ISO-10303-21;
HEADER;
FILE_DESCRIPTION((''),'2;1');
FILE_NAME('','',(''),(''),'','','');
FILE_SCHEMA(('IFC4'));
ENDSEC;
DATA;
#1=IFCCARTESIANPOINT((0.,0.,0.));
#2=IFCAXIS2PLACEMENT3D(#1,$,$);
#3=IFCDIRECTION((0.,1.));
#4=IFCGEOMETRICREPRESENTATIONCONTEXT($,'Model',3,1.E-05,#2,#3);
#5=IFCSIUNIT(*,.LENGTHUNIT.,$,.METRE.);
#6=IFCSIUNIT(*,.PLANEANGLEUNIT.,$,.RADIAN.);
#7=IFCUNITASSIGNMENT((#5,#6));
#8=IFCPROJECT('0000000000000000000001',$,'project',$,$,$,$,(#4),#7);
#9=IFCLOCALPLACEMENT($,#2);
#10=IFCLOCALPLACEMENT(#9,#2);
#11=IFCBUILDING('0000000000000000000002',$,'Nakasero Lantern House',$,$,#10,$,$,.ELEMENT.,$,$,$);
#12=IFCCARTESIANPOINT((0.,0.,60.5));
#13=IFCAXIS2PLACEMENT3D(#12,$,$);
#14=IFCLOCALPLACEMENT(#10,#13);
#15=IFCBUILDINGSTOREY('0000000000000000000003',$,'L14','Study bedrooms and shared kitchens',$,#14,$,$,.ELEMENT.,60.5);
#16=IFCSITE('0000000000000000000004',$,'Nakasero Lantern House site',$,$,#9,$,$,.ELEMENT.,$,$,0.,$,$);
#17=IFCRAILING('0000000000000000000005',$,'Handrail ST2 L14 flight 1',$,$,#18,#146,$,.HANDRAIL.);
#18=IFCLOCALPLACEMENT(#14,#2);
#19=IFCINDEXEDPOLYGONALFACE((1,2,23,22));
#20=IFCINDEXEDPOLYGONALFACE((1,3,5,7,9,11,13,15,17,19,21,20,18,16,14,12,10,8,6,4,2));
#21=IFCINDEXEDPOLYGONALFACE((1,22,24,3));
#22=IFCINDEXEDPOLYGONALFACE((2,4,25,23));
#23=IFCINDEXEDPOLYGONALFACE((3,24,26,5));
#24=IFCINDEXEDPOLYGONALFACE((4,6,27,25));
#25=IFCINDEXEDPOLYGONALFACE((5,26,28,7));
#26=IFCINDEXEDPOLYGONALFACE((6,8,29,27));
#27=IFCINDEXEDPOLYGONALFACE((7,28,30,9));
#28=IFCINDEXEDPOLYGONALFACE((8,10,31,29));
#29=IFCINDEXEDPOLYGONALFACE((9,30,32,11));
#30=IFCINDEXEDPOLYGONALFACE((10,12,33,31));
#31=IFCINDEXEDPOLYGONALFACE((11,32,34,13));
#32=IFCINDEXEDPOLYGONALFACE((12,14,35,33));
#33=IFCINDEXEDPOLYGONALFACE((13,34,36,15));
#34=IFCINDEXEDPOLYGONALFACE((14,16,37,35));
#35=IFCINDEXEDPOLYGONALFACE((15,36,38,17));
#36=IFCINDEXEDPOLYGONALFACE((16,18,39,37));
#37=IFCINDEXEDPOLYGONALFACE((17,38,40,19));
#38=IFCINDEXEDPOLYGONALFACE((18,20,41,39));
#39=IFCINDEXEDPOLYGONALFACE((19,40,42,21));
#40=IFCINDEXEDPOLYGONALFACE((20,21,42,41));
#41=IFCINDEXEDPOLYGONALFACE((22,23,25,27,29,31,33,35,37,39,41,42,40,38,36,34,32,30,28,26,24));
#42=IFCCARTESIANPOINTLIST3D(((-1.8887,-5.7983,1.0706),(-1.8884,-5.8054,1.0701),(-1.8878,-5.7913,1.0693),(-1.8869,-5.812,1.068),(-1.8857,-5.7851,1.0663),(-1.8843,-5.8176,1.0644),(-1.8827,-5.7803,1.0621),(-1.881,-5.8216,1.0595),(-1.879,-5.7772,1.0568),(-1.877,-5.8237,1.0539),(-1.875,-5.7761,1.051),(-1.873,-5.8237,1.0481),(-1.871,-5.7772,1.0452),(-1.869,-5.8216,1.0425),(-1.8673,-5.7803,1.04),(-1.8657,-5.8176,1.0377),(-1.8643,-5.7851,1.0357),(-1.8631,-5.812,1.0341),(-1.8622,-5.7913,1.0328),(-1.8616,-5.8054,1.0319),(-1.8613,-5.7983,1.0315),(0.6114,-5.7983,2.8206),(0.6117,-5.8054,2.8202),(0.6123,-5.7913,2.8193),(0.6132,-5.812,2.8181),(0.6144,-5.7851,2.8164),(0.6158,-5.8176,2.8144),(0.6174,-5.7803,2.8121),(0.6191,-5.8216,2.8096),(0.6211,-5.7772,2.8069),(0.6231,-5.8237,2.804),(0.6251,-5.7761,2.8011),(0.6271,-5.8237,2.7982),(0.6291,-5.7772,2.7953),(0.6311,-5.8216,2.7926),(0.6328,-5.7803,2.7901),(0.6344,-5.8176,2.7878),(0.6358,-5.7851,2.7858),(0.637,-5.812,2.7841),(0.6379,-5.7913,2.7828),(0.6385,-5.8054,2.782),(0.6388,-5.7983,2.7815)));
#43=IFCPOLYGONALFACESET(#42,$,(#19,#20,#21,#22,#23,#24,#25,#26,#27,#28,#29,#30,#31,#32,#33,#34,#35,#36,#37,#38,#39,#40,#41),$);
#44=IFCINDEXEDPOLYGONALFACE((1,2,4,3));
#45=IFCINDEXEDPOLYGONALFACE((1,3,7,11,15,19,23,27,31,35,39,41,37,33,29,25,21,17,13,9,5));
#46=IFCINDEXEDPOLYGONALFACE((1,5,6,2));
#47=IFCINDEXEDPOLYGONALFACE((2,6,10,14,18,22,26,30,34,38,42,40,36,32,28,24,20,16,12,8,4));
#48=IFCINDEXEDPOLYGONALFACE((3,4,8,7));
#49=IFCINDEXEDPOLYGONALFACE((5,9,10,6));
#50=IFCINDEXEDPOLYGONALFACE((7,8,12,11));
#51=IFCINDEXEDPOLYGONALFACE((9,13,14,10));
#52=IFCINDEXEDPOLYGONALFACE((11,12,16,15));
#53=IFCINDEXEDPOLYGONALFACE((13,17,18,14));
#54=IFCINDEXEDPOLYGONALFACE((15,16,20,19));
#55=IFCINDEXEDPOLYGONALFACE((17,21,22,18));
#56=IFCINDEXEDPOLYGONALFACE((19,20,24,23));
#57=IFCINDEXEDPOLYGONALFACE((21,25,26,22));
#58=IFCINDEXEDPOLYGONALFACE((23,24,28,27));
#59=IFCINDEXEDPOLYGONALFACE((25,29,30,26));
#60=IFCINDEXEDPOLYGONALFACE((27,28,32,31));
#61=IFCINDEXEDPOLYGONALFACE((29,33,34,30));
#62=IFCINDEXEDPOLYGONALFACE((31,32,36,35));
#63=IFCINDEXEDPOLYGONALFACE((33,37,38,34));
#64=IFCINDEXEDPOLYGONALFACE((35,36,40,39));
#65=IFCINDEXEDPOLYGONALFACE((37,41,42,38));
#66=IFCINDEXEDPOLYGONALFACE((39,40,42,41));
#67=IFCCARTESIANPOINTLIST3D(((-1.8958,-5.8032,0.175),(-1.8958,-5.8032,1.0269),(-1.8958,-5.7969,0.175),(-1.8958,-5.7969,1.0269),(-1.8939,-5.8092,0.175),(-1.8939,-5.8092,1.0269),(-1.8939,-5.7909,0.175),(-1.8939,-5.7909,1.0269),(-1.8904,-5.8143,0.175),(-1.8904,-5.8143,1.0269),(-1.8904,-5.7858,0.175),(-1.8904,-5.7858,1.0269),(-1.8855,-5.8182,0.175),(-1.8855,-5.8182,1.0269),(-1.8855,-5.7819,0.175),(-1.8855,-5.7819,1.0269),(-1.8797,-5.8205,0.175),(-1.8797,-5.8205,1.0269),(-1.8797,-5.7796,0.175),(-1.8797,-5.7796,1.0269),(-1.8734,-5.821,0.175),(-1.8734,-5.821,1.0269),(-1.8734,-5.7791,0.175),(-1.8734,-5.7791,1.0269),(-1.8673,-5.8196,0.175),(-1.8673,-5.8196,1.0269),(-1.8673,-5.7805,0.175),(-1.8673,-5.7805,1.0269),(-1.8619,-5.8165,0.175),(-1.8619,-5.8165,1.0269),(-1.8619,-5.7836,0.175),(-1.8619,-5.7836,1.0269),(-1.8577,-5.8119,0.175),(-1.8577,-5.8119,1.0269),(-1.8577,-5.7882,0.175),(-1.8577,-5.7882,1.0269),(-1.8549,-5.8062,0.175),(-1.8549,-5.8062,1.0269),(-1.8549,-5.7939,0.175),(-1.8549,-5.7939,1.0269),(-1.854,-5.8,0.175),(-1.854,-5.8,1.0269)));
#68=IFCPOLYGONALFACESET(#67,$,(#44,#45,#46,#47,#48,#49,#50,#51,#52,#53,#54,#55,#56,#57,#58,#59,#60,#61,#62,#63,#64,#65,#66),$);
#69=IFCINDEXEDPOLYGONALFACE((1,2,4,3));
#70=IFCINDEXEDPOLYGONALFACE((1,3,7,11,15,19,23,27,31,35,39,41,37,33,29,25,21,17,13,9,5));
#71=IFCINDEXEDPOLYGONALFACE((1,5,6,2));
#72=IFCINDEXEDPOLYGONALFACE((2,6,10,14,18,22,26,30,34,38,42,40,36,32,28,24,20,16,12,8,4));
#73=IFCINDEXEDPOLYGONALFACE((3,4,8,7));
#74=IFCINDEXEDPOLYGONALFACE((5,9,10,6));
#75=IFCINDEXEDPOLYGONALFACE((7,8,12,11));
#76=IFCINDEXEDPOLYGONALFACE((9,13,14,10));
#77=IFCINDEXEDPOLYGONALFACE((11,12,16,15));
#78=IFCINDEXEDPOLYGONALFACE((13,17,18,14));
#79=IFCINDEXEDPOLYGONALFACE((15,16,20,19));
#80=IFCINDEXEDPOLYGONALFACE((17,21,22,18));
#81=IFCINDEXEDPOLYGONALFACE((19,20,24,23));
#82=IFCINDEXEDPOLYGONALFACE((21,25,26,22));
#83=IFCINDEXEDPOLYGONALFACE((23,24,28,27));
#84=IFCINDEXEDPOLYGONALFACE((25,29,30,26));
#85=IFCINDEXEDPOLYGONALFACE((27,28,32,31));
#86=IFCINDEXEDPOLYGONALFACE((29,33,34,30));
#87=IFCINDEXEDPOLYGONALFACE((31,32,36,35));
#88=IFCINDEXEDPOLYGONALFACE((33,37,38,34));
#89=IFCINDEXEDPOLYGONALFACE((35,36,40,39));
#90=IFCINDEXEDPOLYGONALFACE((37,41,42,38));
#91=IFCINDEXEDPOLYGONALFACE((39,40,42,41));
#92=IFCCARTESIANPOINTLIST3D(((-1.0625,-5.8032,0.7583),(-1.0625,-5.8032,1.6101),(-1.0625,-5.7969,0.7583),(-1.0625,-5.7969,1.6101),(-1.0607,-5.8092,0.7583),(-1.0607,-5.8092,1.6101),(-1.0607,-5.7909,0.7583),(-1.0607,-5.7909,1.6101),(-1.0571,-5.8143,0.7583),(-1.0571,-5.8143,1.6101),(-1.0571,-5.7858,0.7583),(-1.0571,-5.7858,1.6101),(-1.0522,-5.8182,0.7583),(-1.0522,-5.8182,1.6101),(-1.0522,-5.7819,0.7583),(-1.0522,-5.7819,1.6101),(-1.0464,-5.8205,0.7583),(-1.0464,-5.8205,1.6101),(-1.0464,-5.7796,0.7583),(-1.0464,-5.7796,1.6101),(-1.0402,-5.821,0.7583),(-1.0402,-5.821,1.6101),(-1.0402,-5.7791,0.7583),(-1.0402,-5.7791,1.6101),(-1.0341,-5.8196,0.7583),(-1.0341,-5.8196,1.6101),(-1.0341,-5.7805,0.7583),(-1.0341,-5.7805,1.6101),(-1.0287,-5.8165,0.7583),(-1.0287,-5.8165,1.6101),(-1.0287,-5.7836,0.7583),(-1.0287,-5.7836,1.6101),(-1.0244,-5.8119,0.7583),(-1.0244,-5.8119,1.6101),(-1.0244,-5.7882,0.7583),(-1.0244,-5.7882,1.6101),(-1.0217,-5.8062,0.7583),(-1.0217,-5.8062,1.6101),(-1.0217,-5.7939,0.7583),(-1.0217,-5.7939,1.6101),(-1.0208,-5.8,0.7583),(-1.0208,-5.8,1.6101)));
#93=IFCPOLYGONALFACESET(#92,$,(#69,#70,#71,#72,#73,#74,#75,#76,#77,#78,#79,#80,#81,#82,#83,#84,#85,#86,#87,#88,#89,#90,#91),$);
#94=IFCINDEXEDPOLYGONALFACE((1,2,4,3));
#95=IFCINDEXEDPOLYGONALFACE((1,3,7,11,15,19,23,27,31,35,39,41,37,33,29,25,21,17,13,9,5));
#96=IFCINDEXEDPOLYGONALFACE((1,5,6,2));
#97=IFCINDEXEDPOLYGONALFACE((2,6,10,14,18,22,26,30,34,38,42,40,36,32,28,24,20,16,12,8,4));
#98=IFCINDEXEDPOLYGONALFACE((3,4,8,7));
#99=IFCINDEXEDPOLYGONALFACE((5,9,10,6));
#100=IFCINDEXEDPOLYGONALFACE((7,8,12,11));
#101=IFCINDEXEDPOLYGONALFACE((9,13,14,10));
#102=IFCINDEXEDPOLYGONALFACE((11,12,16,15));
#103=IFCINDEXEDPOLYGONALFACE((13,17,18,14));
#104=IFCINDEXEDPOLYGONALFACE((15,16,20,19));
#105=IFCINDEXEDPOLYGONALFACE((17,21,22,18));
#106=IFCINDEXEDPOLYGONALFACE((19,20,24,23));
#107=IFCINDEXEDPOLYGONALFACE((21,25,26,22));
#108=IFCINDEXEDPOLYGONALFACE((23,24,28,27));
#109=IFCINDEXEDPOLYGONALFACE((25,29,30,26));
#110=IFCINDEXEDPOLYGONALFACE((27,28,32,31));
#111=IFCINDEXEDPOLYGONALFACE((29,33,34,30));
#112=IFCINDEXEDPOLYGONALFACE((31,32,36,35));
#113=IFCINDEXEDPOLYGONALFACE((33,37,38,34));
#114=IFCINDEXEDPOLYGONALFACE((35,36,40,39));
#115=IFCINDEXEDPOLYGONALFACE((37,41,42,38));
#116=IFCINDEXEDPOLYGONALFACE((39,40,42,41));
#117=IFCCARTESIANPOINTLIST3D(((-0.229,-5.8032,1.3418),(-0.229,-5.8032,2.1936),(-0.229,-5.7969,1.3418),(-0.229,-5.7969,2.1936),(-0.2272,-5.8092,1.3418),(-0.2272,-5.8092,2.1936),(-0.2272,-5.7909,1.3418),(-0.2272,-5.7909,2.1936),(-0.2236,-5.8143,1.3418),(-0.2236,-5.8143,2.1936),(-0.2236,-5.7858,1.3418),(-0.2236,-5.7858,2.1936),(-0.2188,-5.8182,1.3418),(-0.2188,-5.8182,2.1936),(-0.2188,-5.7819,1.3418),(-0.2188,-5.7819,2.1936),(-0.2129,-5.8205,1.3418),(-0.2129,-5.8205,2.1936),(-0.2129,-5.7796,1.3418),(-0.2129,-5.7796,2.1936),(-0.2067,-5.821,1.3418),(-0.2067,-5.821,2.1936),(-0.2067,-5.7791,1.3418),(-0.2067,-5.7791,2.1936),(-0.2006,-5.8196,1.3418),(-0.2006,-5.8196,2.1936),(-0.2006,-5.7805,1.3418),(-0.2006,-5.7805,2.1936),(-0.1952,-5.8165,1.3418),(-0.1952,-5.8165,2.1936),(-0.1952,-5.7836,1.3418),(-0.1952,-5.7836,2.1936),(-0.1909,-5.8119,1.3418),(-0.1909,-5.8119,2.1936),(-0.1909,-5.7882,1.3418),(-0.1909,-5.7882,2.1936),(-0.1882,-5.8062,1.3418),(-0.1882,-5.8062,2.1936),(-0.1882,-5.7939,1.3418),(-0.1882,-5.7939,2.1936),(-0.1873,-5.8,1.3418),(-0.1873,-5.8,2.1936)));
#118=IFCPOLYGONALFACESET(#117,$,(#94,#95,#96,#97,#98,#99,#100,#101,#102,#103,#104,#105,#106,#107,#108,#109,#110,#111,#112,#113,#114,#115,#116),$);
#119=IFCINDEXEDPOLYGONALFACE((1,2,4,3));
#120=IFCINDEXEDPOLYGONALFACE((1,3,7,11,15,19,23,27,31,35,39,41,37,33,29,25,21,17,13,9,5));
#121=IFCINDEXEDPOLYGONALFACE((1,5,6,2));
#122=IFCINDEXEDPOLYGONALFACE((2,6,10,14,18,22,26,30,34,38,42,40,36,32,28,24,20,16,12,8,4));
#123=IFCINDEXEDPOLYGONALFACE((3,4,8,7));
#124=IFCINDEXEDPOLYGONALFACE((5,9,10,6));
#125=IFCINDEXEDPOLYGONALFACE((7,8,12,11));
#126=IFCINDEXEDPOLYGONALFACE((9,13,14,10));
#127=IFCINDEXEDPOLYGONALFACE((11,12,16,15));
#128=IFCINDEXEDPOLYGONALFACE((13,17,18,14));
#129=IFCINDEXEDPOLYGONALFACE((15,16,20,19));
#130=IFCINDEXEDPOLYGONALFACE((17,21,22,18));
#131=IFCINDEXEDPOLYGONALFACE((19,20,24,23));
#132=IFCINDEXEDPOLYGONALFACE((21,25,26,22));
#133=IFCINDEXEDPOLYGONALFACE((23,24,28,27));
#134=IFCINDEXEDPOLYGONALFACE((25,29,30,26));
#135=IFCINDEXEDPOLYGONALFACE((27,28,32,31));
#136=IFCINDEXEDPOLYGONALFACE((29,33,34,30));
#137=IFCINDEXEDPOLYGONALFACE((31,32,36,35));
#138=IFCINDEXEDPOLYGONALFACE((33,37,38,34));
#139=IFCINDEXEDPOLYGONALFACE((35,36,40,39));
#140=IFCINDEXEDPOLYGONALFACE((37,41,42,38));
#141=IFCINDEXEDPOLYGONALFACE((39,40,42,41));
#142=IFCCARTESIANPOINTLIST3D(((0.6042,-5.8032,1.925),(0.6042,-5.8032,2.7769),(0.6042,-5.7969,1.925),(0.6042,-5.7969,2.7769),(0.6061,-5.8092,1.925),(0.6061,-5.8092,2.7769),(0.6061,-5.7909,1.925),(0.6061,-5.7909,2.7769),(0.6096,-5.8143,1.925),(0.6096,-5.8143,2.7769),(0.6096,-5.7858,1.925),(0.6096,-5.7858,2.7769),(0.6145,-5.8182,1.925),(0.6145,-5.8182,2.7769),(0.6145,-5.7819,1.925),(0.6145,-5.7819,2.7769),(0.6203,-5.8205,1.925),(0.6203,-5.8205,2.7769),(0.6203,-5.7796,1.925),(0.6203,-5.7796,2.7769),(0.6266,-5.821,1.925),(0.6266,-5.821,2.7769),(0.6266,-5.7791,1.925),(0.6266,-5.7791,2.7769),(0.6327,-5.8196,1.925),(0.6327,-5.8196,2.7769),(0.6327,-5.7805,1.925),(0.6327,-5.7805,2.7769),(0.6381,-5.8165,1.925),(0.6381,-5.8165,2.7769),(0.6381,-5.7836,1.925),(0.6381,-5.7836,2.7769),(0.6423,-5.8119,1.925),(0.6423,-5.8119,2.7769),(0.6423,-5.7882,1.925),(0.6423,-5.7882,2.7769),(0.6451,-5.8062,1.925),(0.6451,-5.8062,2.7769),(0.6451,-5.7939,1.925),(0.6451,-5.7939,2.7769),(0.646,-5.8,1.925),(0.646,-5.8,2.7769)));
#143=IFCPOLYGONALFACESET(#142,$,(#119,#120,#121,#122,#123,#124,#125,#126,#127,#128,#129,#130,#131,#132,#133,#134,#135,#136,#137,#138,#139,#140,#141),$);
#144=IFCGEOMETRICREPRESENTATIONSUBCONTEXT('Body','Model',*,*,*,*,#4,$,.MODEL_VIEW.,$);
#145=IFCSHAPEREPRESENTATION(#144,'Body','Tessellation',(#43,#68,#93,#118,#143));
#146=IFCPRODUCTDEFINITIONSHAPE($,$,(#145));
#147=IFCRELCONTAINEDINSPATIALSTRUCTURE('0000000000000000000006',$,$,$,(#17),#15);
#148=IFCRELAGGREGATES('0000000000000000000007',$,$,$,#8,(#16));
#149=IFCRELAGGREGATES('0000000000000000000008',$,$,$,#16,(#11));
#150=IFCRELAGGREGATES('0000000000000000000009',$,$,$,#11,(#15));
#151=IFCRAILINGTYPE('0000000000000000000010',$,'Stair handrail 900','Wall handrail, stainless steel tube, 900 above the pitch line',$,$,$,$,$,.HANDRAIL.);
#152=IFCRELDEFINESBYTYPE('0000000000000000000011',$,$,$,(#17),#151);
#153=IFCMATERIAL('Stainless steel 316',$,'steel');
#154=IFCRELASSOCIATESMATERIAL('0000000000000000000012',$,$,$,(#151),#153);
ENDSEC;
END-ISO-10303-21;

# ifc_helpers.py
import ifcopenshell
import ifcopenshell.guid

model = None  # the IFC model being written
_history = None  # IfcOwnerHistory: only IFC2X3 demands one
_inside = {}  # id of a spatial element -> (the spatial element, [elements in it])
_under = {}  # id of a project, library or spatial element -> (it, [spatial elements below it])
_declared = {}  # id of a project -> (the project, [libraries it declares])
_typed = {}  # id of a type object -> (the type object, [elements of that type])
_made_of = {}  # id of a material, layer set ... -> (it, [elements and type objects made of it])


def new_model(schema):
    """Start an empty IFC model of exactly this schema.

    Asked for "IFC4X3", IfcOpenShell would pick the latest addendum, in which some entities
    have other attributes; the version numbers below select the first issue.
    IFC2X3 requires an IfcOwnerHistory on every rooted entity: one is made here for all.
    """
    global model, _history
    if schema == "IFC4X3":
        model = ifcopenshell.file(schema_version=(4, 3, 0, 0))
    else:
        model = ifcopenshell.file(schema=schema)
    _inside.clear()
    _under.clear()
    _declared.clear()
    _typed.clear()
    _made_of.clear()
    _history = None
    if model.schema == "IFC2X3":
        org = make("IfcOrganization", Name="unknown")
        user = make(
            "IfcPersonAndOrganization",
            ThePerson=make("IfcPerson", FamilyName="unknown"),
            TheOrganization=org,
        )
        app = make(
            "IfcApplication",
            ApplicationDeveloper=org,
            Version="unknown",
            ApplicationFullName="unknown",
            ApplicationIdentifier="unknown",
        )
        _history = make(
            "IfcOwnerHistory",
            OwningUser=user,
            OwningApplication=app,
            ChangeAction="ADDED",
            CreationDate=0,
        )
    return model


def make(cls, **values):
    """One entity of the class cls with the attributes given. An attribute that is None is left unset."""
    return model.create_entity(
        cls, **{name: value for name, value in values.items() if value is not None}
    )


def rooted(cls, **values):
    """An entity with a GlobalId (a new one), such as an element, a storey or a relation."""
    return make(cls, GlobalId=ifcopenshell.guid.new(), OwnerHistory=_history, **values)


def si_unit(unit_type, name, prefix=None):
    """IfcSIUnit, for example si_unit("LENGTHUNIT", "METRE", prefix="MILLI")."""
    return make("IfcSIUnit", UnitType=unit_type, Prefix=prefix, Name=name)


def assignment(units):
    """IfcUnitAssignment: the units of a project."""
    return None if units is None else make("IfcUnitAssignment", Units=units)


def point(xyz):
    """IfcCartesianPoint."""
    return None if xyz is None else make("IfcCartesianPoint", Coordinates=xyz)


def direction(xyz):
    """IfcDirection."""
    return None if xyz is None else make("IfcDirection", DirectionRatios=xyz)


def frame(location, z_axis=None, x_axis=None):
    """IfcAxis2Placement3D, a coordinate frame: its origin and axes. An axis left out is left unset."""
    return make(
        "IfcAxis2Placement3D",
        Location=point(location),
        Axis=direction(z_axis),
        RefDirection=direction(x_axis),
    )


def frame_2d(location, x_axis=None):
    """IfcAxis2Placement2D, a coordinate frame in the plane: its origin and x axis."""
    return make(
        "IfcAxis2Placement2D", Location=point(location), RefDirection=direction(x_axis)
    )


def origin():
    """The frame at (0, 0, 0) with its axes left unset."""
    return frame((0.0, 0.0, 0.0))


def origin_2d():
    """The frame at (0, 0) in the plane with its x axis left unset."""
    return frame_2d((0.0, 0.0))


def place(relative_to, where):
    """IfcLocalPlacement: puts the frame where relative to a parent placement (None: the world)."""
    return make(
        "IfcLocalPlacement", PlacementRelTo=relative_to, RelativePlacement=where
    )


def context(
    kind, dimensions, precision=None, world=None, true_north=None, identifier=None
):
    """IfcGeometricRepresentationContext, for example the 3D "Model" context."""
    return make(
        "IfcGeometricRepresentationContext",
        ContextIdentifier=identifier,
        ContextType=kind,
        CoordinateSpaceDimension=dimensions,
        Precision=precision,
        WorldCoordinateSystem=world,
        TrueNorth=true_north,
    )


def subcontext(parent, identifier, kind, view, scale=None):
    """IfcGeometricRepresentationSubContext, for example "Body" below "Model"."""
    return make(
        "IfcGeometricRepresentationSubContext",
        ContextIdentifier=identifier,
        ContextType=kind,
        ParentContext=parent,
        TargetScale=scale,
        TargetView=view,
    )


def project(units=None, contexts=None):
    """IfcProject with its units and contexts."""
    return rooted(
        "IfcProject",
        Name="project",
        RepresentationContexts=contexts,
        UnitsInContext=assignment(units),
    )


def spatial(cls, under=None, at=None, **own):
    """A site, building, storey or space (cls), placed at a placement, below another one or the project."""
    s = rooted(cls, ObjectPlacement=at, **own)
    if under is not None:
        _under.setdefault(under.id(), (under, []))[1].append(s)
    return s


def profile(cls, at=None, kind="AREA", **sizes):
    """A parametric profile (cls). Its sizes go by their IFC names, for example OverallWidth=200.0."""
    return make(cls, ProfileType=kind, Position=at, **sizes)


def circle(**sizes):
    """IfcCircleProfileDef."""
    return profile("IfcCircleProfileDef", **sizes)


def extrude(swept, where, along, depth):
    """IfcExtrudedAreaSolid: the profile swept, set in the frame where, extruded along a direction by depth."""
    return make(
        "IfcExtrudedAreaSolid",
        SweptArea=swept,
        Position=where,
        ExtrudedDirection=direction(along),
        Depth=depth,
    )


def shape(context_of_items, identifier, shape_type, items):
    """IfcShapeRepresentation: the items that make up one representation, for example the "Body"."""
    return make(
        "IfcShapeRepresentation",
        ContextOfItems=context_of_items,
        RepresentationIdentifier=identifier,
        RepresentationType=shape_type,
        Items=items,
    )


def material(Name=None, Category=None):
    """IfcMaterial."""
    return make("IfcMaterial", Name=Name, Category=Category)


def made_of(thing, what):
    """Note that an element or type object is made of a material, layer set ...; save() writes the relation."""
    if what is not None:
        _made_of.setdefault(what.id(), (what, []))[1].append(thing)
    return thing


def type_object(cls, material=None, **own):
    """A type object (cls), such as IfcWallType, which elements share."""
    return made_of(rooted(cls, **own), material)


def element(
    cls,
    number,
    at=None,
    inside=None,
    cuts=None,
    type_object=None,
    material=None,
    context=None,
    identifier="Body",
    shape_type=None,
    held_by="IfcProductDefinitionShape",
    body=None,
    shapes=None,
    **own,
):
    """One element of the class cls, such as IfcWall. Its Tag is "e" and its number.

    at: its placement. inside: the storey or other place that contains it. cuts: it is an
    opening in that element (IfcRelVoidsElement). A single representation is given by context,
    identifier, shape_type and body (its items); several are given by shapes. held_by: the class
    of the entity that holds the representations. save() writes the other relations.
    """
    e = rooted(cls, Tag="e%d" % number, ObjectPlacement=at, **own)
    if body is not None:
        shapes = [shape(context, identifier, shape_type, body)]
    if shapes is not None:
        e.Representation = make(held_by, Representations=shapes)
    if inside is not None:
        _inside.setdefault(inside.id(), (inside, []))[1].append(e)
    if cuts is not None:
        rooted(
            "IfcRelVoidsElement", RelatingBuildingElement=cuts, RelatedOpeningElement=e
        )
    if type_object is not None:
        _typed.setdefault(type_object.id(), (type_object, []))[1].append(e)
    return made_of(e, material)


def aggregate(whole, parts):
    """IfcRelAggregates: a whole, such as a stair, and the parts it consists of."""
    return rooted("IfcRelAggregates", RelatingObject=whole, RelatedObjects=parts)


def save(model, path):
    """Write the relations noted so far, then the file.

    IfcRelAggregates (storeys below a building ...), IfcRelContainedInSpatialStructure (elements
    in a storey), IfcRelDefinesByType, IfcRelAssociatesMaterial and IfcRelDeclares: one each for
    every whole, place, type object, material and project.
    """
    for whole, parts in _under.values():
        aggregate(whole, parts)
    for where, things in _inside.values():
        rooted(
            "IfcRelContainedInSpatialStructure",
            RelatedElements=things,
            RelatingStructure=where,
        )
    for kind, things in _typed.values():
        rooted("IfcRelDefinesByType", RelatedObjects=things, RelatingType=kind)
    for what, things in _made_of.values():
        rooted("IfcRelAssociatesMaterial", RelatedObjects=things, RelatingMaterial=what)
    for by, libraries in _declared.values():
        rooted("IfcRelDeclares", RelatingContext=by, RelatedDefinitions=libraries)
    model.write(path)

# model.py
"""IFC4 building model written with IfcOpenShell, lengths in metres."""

from ifc_helpers import new_model, si_unit, direction, frame, origin, origin_2d, place, context, subcontext, project, spatial, circle, extrude, material, type_object, element, save


model = new_model("IFC4")

# Units and contexts
model_context = context("Model", 3, precision=1e-05, world=origin(), true_north=direction((0.0, 1.0)))
body_context = subcontext(model_context, "Body", "Model", "MODEL_VIEW")
ifc_project = project(units=[si_unit("LENGTHUNIT", "METRE"), si_unit("PLANEANGLEUNIT", "RADIAN")], contexts=[model_context])

# Site, building, storey
site_placement = place(None, origin())
site = spatial("IfcSite", under=ifc_project, at=site_placement, Name="Nakasero Lantern House site", CompositionType="ELEMENT", RefElevation=0.0)
building_placement = place(site_placement, origin())
building = spatial("IfcBuilding", under=site, at=building_placement, Name="Nakasero Lantern House", CompositionType="ELEMENT")
storey_placement = place(building_placement, frame((0.0, 0.0, 60.5)))
storey = spatial("IfcBuildingStorey", under=building, at=storey_placement, Name="L14", Description="Study bedrooms and shared kitchens", CompositionType="ELEMENT", Elevation=60.5)

# Railing
ifc_material_1 = material(Name="Stainless steel 316", Category="steel")
railing_type = type_object("IfcRailingType", Name="Stair handrail 900", Description="Wall handrail, stainless steel tube, 900 above the pitch line", PredefinedType="HANDRAIL", material=ifc_material_1)
railing_placement = place(storey_placement, frame((-1.875, -5.8, 0.175)))
element("IfcRailing", 1, at=railing_placement, inside=storey, type_object=railing_type, Name="Handrail ST2 L14 flight 1", PredefinedType="HANDRAIL", context=body_context, shape_type="SweptSolid", body=[
    extrude(circle(Radius=0.0239, at=origin_2d()), frame((0.0, 0.0, 0.876), z_axis=(0.819232, 0.0, 0.573462), x_axis=(0.0, 1.0, 0.0)), (0.0, 0.0, 1.0), 3.0518),
    extrude(circle(Radius=0.021, at=origin_2d()), origin(), (0.0, 0.0, 1.0), 0.8518),
    extrude(circle(Radius=0.021, at=origin_2d()), frame((0.8333, 0.0, 0.5833)), (0.0, 0.0, 1.0), 0.8518),
    extrude(circle(Radius=0.021, at=origin_2d()), frame((1.6667, 0.0, 1.1667)), (0.0, 0.0, 1.0), 0.8518),
    extrude(circle(Radius=0.021, at=origin_2d()), frame((2.5, 0.0, 1.75)), (0.0, 0.0, 1.0), 0.8518),
])

save(model, "model.ifc")
